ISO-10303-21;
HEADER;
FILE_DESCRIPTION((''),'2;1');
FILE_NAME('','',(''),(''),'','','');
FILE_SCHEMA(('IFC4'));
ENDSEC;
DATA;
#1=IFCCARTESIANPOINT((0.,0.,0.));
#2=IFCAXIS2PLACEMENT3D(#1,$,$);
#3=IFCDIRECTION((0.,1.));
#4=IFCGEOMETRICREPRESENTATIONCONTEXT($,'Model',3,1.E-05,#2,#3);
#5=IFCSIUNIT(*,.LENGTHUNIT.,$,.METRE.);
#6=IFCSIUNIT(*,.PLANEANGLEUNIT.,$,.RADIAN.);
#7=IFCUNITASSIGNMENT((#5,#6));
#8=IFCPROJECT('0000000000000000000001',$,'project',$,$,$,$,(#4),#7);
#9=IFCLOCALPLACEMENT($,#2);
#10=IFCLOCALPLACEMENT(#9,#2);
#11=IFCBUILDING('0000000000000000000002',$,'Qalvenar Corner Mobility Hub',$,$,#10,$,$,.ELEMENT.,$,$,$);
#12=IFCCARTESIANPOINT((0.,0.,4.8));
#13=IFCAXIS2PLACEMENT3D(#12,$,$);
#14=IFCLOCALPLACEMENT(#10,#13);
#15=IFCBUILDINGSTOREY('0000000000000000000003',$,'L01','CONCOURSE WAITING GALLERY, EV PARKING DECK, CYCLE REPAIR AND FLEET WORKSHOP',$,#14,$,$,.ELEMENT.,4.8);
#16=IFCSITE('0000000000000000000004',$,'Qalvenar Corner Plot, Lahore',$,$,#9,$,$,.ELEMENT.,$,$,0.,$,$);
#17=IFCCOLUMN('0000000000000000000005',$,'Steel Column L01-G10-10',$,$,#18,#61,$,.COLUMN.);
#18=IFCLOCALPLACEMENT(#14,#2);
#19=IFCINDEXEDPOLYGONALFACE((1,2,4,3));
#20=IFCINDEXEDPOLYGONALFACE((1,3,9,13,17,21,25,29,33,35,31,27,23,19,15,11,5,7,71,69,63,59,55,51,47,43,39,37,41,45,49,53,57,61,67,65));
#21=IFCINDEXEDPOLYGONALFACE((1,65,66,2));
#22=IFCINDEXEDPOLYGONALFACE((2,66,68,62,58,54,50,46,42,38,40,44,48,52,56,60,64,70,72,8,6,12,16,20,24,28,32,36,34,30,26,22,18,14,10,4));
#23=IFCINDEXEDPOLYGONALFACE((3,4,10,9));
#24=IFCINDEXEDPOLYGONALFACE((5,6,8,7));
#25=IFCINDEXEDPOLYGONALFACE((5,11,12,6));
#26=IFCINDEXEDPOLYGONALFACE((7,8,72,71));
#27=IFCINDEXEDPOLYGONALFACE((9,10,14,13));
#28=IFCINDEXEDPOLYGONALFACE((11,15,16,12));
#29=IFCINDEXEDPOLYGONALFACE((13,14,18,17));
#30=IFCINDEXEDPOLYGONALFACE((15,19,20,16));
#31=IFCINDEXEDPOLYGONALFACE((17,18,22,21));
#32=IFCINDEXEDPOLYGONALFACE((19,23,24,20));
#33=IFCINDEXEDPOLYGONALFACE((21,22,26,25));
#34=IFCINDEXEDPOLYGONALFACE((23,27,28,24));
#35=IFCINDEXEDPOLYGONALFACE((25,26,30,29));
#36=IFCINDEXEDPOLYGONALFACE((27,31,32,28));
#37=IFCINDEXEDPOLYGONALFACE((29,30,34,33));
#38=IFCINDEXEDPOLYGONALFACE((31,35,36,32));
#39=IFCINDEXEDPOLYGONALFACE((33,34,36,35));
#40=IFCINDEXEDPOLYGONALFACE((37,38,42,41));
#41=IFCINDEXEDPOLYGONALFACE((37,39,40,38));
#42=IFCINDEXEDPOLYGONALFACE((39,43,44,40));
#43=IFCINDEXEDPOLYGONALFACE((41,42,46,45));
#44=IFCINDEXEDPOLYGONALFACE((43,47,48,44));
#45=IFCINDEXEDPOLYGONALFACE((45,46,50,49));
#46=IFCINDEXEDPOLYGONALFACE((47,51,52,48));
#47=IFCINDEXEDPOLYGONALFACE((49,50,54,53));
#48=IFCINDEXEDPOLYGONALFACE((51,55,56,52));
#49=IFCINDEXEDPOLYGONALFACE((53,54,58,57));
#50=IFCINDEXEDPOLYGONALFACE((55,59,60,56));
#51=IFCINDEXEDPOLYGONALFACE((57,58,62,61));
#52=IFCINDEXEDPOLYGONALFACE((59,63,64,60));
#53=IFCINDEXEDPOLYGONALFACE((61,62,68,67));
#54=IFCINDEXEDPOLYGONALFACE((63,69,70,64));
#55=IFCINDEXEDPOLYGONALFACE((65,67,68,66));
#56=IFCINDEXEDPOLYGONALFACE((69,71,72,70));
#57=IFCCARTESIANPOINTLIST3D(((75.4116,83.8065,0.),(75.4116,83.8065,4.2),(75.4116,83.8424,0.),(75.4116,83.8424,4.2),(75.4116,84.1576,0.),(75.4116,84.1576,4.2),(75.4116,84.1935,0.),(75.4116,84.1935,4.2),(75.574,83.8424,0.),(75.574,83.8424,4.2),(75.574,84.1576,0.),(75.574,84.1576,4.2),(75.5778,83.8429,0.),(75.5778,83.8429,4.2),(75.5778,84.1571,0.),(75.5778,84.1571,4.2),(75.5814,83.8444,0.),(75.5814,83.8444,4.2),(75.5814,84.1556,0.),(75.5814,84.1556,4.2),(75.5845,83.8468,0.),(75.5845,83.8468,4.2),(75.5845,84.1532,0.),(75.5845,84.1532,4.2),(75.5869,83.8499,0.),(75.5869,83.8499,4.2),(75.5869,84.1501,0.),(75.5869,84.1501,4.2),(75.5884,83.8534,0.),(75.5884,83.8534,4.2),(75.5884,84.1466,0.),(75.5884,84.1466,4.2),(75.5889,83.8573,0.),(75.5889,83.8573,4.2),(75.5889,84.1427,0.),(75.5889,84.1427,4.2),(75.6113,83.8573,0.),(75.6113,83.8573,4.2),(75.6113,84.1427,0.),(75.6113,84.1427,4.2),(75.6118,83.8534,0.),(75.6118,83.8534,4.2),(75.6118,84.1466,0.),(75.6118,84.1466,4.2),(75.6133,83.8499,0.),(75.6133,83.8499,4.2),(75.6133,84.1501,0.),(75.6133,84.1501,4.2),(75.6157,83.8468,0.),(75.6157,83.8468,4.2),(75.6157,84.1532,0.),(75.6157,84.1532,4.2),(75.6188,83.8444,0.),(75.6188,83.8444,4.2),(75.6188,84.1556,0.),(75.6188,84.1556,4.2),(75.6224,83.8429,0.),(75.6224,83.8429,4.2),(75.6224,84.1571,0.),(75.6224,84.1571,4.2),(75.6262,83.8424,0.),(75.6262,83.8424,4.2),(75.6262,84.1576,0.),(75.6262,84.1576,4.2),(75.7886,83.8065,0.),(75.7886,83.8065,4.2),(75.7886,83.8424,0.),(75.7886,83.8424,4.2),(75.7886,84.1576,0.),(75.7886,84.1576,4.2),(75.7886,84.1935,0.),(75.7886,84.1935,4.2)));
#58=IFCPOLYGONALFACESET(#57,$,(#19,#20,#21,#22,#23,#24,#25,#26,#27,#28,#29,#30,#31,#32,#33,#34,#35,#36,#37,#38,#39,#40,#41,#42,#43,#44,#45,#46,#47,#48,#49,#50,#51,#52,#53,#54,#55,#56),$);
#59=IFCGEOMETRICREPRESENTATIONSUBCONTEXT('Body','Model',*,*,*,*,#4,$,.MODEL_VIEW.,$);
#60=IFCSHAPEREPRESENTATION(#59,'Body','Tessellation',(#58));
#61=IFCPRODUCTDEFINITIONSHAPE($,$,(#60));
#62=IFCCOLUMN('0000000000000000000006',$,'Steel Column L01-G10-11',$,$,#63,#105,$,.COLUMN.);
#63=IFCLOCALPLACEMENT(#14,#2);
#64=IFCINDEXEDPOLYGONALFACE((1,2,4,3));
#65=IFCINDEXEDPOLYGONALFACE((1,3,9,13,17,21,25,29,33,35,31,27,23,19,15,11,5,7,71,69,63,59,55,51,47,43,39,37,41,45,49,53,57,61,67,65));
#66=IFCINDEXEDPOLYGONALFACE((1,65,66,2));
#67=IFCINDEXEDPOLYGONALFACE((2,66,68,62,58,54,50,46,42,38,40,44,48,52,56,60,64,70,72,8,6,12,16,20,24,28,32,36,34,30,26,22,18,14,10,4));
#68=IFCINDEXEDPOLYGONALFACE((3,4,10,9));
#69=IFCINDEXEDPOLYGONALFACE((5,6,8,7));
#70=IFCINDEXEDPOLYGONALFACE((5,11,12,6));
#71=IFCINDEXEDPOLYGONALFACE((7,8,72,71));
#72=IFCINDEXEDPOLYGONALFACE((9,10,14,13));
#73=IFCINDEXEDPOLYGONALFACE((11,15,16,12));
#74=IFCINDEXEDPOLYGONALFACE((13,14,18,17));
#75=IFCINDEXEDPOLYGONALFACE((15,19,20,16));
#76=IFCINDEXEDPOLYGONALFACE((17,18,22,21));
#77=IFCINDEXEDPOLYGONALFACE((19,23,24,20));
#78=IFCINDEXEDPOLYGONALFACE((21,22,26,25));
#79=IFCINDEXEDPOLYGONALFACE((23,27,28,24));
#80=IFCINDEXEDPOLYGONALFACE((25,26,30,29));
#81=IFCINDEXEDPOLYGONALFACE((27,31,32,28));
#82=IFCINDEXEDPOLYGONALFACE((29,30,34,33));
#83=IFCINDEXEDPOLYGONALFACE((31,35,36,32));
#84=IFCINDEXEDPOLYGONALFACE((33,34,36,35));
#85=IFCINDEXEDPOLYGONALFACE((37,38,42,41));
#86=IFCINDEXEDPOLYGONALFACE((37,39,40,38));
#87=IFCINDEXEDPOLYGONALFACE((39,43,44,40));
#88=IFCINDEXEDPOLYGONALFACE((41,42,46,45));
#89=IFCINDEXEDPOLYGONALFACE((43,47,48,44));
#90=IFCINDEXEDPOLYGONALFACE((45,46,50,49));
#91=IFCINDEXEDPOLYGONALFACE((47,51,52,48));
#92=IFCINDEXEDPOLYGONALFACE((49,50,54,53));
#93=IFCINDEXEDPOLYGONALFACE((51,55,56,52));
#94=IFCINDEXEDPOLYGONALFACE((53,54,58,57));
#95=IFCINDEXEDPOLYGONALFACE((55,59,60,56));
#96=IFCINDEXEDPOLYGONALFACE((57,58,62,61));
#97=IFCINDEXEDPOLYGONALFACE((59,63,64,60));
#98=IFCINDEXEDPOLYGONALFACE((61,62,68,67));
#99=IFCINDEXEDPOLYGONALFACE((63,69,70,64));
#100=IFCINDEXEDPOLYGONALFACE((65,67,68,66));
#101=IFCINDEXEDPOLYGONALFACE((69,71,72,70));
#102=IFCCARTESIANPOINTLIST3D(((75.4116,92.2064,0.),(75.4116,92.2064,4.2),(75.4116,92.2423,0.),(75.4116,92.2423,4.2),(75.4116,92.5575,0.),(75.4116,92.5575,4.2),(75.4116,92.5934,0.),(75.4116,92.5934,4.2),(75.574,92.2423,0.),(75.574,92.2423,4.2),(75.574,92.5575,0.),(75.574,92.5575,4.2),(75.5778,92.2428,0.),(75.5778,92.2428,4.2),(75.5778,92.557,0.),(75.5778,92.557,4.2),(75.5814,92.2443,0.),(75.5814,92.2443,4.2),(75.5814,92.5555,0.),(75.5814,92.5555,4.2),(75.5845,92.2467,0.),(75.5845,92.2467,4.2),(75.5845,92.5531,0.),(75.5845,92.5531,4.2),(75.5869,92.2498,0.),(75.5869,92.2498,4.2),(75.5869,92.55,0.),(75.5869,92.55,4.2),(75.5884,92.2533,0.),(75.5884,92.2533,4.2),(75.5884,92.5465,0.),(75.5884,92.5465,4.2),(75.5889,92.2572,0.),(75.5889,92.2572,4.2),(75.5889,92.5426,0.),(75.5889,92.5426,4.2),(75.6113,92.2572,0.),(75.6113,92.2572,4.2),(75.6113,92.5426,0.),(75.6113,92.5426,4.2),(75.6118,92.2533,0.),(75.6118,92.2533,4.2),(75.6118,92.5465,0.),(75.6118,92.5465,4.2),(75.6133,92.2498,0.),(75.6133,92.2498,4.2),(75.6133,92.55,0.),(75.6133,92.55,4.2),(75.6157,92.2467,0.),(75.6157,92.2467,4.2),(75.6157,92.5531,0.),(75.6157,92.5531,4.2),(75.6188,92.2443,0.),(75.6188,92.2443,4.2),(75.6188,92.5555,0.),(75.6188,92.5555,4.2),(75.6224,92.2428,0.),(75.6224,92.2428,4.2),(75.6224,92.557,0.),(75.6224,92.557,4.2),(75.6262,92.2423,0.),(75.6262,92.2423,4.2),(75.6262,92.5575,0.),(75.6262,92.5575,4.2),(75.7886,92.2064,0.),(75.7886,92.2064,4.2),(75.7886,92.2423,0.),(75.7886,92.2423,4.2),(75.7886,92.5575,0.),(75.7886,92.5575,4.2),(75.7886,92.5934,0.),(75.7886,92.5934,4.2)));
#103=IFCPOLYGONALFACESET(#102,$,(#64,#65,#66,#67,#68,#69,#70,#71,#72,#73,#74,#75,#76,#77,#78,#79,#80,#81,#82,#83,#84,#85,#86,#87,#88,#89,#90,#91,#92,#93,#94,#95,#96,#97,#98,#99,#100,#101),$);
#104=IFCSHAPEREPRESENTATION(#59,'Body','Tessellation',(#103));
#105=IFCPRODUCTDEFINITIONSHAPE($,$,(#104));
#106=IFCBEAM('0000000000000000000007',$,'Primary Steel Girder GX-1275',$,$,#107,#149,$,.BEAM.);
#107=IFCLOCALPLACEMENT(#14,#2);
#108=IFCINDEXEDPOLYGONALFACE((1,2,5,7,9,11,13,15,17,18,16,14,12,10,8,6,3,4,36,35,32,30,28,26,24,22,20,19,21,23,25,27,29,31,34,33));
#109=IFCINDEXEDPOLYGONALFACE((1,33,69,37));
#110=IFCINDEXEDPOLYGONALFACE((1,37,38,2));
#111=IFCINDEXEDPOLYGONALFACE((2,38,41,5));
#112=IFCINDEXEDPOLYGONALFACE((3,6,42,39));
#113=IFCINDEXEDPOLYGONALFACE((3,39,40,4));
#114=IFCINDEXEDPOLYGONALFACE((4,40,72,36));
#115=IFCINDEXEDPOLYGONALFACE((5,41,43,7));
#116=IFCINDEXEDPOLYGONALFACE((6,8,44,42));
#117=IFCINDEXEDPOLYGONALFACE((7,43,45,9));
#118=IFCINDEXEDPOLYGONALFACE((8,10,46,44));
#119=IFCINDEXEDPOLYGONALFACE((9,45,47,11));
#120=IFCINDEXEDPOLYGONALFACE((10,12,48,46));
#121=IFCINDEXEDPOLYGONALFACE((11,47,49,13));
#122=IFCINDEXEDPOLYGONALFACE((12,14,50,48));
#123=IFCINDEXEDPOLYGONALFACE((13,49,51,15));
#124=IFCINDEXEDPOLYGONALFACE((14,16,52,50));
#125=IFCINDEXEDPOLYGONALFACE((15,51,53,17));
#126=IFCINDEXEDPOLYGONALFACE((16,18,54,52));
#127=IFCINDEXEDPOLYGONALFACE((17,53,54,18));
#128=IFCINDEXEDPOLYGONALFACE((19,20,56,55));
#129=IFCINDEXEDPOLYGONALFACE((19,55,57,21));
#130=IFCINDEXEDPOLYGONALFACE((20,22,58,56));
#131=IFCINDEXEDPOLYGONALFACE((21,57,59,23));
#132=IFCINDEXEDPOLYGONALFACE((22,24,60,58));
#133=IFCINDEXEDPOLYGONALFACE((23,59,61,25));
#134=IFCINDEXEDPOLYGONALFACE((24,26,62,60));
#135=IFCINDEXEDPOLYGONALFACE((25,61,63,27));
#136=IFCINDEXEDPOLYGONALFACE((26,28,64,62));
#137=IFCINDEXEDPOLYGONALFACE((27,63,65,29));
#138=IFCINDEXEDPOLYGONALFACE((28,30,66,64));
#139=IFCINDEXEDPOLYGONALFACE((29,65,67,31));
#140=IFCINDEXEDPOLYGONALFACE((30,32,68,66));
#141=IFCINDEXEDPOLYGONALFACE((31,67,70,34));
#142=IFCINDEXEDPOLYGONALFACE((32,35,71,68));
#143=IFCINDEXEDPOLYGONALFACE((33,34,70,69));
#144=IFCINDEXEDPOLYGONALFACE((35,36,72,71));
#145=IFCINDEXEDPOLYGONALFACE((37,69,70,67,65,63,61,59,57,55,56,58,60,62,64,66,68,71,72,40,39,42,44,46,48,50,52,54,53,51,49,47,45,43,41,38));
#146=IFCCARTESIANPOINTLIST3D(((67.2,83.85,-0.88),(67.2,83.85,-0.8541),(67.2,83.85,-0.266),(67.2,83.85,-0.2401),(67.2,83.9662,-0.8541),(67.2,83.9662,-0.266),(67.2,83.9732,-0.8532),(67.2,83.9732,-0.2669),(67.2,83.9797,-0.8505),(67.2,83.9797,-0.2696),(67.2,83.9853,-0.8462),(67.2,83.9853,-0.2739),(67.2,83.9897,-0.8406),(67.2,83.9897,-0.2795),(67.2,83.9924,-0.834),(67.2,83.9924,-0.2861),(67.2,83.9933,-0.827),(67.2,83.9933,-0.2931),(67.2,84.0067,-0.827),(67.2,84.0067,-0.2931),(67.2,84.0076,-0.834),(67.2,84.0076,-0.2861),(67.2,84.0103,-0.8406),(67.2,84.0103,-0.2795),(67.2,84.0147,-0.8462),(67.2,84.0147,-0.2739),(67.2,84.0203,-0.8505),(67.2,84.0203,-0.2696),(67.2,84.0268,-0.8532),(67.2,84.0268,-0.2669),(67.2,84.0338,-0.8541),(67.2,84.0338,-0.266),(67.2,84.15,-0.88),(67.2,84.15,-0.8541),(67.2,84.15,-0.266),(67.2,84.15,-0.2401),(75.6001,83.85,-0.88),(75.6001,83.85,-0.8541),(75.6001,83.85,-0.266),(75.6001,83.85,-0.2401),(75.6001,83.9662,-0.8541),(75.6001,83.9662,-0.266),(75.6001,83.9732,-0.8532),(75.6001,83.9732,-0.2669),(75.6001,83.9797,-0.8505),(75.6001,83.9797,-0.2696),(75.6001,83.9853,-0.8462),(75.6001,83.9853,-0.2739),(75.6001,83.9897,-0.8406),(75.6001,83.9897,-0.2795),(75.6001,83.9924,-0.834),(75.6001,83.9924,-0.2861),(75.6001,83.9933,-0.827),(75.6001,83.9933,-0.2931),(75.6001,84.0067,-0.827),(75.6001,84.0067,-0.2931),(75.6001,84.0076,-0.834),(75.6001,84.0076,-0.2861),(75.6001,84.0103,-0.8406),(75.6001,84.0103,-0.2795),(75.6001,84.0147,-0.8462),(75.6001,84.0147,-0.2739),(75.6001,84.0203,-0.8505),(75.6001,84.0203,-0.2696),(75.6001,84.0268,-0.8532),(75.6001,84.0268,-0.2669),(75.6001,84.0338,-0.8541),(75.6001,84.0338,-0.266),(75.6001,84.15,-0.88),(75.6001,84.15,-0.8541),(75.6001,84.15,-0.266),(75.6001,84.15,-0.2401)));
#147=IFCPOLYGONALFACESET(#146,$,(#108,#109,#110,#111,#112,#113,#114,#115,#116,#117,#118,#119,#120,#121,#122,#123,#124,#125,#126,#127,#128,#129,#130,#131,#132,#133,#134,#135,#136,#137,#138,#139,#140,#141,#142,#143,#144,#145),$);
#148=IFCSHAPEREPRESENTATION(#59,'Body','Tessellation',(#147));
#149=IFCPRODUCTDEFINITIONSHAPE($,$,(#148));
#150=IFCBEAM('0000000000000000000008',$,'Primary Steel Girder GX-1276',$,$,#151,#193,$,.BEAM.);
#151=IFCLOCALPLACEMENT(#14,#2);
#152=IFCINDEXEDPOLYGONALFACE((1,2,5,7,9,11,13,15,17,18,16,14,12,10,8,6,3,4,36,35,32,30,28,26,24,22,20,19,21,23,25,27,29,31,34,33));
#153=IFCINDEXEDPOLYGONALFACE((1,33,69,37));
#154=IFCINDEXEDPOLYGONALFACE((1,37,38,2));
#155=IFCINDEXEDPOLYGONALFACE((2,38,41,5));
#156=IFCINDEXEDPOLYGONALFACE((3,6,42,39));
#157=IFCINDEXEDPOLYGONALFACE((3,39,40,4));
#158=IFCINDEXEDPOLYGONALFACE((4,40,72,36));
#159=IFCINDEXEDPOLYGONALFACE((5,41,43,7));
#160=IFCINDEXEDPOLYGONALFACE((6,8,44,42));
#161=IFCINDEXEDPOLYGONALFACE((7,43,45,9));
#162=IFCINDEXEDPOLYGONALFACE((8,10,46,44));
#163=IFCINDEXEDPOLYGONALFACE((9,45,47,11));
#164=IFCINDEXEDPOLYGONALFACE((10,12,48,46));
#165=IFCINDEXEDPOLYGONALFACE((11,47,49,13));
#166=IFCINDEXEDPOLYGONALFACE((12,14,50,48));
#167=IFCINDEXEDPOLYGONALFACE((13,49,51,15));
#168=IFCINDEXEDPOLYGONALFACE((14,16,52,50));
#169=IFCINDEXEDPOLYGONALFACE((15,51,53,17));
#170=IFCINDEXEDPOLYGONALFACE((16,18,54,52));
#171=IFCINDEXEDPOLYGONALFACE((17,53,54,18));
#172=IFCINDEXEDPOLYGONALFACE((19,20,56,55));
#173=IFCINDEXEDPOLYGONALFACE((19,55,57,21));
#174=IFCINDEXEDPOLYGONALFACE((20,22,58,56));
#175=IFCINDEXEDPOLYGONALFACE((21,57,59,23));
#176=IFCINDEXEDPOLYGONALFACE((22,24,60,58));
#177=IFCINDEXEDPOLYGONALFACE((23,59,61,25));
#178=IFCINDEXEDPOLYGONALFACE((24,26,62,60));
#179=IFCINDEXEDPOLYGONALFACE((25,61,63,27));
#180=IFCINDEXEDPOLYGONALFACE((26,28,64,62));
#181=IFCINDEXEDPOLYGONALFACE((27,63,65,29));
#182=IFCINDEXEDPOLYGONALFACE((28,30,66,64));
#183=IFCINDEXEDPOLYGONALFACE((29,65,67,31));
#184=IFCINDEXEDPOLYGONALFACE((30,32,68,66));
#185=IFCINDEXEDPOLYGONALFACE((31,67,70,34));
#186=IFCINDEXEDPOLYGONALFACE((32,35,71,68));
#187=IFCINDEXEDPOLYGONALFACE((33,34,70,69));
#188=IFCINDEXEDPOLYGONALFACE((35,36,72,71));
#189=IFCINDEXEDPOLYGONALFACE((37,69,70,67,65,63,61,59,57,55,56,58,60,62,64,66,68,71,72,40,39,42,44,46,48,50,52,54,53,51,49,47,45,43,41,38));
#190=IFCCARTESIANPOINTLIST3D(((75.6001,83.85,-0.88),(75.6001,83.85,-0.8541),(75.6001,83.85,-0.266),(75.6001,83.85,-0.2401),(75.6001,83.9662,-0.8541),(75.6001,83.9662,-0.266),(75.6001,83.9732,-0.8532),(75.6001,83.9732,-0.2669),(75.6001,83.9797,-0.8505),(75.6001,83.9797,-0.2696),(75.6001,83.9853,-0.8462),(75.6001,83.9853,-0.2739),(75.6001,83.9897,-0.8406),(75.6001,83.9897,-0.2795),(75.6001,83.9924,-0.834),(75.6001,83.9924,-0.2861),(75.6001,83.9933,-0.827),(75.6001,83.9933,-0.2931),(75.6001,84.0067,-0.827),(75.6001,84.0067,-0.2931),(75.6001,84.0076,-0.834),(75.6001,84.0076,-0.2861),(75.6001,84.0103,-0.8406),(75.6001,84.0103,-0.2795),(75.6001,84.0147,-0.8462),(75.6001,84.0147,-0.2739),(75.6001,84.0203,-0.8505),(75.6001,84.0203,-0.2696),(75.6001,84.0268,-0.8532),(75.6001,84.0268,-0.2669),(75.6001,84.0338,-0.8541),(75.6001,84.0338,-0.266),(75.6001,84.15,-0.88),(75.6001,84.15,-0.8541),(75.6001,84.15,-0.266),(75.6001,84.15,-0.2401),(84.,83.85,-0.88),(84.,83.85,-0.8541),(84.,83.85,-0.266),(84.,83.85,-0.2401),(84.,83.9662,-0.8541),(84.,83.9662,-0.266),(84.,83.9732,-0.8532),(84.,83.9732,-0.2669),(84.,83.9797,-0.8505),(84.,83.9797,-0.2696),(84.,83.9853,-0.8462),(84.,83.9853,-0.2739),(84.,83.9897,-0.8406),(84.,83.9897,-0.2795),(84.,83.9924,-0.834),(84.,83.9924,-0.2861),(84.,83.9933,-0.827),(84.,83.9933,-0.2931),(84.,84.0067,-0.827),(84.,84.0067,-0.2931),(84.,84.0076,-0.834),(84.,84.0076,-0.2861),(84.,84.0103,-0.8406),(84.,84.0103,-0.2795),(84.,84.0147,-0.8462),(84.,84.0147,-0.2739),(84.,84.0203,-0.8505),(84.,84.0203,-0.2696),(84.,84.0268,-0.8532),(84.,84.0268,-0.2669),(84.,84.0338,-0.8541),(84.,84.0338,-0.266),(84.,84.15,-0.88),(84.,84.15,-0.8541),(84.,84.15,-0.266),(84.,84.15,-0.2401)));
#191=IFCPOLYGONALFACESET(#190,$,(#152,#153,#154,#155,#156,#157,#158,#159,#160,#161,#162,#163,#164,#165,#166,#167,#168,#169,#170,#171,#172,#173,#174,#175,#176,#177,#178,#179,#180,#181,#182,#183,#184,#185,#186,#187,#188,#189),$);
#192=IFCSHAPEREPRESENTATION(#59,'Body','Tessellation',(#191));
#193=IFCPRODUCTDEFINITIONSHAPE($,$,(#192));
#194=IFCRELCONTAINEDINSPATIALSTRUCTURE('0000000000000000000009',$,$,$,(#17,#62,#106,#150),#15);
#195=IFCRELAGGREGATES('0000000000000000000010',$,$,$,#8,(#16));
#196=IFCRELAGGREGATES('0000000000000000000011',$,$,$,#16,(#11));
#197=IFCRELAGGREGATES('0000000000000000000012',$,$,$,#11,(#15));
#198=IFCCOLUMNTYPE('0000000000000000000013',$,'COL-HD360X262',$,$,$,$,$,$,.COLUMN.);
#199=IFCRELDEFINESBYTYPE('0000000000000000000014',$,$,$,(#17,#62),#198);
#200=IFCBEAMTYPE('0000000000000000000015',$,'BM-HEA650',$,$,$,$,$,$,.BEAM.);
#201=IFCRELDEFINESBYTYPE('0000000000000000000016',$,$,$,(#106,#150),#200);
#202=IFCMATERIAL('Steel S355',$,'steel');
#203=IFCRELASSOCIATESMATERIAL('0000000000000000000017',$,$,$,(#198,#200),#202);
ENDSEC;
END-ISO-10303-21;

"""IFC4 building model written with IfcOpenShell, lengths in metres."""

from ifc_helpers import new_model, si_unit, direction, frame, origin, origin_2d, place, context, subcontext, project, spatial, i_section, extrude, material, material_profile, profile_set, type_object, element, save


model = new_model("IFC4")

# Units and contexts
model_context = context("Model", 3, precision=1e-05, world=origin(), true_north=direction((0.0, 1.0)))
body_context = subcontext(model_context, "Body", "Model", "MODEL_VIEW")
ifc_project = project(units=[si_unit("LENGTHUNIT", "METRE"), si_unit("PLANEANGLEUNIT", "RADIAN")], contexts=[model_context])

# Site, building, storey
site_placement = place(None, origin())
site = spatial("IfcSite", under=ifc_project, at=site_placement, Name="Qalvenar Corner Plot, Lahore", CompositionType="ELEMENT", RefElevation=0.0)
building_placement = place(site_placement, origin())
building = spatial("IfcBuilding", under=site, at=building_placement, Name="Qalvenar Corner Mobility Hub", CompositionType="ELEMENT")
storey_placement = place(building_placement, frame((0.0, 0.0, 4.8)))
storey = spatial("IfcBuildingStorey", under=building, at=storey_placement, Name="L01", Description="CONCOURSE WAITING GALLERY, EV PARKING DECK, CYCLE REPAIR AND FLEET WORKSHOP", CompositionType="ELEMENT", Elevation=4.8)

# Columns
ifc_material_1 = material(Name="Steel S355", Category="steel")
ifc_material_profile_1 = material_profile(ifc_material_1, i_section(OverallWidth=0.377, OverallDepth=0.387, WebThickness=0.0225, FlangeThickness=0.0359, FilletRadius=0.0149, at=origin_2d()), Name="HD360x262")
ifc_profile_set_1 = profile_set([ifc_material_profile_1], Name="Steel S355")
column_type = type_object("IfcColumnType", Name="COL-HD360X262", PredefinedType="COLUMN", material=ifc_profile_set_1)
for number, where, z_axis, x_axis, name in (
    (1, (75.6001, 84.0, 0.0), (0.0, 0.0, 1.0), (1.0, 0.0, 0.0), "Steel Column L01-G10-10"),
    (2, (75.6001, 92.3999, 0.0), (0.0, 0.0, 1.0), (1.0, 0.0, 0.0), "Steel Column L01-G10-11"),
):
    element("IfcColumn", number, at=place(storey_placement, frame(where, z_axis=z_axis, x_axis=x_axis)), inside=storey, type_object=column_type, Name=name, PredefinedType="COLUMN", context=body_context, shape_type="SweptSolid", body=[
        extrude(i_section(OverallWidth=0.377, OverallDepth=0.387, WebThickness=0.0225, FlangeThickness=0.0359, FilletRadius=0.0149, at=origin_2d()), origin(), (0.0, 0.0, 1.0), 4.2),
    ])

# Beams
ifc_material_profile_2 = material_profile(ifc_material_1, i_section(OverallWidth=0.3, OverallDepth=0.6399, WebThickness=0.0134, FlangeThickness=0.0259, FilletRadius=0.0271, at=origin_2d()), Name="HEA650")
ifc_profile_set_2 = profile_set([ifc_material_profile_2], Name="Steel S355")
beam_type_1 = type_object("IfcBeamType", Name="BM-HEA650", PredefinedType="BEAM", material=ifc_profile_set_2)
beam_1_placement = place(storey_placement, frame((67.2, 84.0, -0.5601), z_axis=(1.0, 0.0, 0.0), x_axis=(0.0, 1.0, 0.0)))
element("IfcBeam", 3, at=beam_1_placement, inside=storey, type_object=beam_type_1, Name="Primary Steel Girder GX-1275", PredefinedType="BEAM", context=body_context, shape_type="SweptSolid", body=[
    extrude(i_section(OverallWidth=0.3, OverallDepth=0.6399, WebThickness=0.0134, FlangeThickness=0.0259, FilletRadius=0.0271, at=origin_2d()), origin(), (0.0, 0.0, 1.0), 8.4001),
])
beam_2_placement = place(storey_placement, frame((75.6001, 84.0, -0.5601), z_axis=(1.0, 0.0, 0.0), x_axis=(0.0, 1.0, 0.0)))
element("IfcBeam", 4, at=beam_2_placement, inside=storey, type_object=beam_type_1, Name="Primary Steel Girder GX-1276", PredefinedType="BEAM", context=body_context, shape_type="SweptSolid", body=[
    extrude(i_section(OverallWidth=0.3, OverallDepth=0.6399, WebThickness=0.0134, FlangeThickness=0.0259, FilletRadius=0.0271, at=origin_2d()), origin(), (0.0, 0.0, 1.0), 8.3999),
])

save(model, "model.ifc")
